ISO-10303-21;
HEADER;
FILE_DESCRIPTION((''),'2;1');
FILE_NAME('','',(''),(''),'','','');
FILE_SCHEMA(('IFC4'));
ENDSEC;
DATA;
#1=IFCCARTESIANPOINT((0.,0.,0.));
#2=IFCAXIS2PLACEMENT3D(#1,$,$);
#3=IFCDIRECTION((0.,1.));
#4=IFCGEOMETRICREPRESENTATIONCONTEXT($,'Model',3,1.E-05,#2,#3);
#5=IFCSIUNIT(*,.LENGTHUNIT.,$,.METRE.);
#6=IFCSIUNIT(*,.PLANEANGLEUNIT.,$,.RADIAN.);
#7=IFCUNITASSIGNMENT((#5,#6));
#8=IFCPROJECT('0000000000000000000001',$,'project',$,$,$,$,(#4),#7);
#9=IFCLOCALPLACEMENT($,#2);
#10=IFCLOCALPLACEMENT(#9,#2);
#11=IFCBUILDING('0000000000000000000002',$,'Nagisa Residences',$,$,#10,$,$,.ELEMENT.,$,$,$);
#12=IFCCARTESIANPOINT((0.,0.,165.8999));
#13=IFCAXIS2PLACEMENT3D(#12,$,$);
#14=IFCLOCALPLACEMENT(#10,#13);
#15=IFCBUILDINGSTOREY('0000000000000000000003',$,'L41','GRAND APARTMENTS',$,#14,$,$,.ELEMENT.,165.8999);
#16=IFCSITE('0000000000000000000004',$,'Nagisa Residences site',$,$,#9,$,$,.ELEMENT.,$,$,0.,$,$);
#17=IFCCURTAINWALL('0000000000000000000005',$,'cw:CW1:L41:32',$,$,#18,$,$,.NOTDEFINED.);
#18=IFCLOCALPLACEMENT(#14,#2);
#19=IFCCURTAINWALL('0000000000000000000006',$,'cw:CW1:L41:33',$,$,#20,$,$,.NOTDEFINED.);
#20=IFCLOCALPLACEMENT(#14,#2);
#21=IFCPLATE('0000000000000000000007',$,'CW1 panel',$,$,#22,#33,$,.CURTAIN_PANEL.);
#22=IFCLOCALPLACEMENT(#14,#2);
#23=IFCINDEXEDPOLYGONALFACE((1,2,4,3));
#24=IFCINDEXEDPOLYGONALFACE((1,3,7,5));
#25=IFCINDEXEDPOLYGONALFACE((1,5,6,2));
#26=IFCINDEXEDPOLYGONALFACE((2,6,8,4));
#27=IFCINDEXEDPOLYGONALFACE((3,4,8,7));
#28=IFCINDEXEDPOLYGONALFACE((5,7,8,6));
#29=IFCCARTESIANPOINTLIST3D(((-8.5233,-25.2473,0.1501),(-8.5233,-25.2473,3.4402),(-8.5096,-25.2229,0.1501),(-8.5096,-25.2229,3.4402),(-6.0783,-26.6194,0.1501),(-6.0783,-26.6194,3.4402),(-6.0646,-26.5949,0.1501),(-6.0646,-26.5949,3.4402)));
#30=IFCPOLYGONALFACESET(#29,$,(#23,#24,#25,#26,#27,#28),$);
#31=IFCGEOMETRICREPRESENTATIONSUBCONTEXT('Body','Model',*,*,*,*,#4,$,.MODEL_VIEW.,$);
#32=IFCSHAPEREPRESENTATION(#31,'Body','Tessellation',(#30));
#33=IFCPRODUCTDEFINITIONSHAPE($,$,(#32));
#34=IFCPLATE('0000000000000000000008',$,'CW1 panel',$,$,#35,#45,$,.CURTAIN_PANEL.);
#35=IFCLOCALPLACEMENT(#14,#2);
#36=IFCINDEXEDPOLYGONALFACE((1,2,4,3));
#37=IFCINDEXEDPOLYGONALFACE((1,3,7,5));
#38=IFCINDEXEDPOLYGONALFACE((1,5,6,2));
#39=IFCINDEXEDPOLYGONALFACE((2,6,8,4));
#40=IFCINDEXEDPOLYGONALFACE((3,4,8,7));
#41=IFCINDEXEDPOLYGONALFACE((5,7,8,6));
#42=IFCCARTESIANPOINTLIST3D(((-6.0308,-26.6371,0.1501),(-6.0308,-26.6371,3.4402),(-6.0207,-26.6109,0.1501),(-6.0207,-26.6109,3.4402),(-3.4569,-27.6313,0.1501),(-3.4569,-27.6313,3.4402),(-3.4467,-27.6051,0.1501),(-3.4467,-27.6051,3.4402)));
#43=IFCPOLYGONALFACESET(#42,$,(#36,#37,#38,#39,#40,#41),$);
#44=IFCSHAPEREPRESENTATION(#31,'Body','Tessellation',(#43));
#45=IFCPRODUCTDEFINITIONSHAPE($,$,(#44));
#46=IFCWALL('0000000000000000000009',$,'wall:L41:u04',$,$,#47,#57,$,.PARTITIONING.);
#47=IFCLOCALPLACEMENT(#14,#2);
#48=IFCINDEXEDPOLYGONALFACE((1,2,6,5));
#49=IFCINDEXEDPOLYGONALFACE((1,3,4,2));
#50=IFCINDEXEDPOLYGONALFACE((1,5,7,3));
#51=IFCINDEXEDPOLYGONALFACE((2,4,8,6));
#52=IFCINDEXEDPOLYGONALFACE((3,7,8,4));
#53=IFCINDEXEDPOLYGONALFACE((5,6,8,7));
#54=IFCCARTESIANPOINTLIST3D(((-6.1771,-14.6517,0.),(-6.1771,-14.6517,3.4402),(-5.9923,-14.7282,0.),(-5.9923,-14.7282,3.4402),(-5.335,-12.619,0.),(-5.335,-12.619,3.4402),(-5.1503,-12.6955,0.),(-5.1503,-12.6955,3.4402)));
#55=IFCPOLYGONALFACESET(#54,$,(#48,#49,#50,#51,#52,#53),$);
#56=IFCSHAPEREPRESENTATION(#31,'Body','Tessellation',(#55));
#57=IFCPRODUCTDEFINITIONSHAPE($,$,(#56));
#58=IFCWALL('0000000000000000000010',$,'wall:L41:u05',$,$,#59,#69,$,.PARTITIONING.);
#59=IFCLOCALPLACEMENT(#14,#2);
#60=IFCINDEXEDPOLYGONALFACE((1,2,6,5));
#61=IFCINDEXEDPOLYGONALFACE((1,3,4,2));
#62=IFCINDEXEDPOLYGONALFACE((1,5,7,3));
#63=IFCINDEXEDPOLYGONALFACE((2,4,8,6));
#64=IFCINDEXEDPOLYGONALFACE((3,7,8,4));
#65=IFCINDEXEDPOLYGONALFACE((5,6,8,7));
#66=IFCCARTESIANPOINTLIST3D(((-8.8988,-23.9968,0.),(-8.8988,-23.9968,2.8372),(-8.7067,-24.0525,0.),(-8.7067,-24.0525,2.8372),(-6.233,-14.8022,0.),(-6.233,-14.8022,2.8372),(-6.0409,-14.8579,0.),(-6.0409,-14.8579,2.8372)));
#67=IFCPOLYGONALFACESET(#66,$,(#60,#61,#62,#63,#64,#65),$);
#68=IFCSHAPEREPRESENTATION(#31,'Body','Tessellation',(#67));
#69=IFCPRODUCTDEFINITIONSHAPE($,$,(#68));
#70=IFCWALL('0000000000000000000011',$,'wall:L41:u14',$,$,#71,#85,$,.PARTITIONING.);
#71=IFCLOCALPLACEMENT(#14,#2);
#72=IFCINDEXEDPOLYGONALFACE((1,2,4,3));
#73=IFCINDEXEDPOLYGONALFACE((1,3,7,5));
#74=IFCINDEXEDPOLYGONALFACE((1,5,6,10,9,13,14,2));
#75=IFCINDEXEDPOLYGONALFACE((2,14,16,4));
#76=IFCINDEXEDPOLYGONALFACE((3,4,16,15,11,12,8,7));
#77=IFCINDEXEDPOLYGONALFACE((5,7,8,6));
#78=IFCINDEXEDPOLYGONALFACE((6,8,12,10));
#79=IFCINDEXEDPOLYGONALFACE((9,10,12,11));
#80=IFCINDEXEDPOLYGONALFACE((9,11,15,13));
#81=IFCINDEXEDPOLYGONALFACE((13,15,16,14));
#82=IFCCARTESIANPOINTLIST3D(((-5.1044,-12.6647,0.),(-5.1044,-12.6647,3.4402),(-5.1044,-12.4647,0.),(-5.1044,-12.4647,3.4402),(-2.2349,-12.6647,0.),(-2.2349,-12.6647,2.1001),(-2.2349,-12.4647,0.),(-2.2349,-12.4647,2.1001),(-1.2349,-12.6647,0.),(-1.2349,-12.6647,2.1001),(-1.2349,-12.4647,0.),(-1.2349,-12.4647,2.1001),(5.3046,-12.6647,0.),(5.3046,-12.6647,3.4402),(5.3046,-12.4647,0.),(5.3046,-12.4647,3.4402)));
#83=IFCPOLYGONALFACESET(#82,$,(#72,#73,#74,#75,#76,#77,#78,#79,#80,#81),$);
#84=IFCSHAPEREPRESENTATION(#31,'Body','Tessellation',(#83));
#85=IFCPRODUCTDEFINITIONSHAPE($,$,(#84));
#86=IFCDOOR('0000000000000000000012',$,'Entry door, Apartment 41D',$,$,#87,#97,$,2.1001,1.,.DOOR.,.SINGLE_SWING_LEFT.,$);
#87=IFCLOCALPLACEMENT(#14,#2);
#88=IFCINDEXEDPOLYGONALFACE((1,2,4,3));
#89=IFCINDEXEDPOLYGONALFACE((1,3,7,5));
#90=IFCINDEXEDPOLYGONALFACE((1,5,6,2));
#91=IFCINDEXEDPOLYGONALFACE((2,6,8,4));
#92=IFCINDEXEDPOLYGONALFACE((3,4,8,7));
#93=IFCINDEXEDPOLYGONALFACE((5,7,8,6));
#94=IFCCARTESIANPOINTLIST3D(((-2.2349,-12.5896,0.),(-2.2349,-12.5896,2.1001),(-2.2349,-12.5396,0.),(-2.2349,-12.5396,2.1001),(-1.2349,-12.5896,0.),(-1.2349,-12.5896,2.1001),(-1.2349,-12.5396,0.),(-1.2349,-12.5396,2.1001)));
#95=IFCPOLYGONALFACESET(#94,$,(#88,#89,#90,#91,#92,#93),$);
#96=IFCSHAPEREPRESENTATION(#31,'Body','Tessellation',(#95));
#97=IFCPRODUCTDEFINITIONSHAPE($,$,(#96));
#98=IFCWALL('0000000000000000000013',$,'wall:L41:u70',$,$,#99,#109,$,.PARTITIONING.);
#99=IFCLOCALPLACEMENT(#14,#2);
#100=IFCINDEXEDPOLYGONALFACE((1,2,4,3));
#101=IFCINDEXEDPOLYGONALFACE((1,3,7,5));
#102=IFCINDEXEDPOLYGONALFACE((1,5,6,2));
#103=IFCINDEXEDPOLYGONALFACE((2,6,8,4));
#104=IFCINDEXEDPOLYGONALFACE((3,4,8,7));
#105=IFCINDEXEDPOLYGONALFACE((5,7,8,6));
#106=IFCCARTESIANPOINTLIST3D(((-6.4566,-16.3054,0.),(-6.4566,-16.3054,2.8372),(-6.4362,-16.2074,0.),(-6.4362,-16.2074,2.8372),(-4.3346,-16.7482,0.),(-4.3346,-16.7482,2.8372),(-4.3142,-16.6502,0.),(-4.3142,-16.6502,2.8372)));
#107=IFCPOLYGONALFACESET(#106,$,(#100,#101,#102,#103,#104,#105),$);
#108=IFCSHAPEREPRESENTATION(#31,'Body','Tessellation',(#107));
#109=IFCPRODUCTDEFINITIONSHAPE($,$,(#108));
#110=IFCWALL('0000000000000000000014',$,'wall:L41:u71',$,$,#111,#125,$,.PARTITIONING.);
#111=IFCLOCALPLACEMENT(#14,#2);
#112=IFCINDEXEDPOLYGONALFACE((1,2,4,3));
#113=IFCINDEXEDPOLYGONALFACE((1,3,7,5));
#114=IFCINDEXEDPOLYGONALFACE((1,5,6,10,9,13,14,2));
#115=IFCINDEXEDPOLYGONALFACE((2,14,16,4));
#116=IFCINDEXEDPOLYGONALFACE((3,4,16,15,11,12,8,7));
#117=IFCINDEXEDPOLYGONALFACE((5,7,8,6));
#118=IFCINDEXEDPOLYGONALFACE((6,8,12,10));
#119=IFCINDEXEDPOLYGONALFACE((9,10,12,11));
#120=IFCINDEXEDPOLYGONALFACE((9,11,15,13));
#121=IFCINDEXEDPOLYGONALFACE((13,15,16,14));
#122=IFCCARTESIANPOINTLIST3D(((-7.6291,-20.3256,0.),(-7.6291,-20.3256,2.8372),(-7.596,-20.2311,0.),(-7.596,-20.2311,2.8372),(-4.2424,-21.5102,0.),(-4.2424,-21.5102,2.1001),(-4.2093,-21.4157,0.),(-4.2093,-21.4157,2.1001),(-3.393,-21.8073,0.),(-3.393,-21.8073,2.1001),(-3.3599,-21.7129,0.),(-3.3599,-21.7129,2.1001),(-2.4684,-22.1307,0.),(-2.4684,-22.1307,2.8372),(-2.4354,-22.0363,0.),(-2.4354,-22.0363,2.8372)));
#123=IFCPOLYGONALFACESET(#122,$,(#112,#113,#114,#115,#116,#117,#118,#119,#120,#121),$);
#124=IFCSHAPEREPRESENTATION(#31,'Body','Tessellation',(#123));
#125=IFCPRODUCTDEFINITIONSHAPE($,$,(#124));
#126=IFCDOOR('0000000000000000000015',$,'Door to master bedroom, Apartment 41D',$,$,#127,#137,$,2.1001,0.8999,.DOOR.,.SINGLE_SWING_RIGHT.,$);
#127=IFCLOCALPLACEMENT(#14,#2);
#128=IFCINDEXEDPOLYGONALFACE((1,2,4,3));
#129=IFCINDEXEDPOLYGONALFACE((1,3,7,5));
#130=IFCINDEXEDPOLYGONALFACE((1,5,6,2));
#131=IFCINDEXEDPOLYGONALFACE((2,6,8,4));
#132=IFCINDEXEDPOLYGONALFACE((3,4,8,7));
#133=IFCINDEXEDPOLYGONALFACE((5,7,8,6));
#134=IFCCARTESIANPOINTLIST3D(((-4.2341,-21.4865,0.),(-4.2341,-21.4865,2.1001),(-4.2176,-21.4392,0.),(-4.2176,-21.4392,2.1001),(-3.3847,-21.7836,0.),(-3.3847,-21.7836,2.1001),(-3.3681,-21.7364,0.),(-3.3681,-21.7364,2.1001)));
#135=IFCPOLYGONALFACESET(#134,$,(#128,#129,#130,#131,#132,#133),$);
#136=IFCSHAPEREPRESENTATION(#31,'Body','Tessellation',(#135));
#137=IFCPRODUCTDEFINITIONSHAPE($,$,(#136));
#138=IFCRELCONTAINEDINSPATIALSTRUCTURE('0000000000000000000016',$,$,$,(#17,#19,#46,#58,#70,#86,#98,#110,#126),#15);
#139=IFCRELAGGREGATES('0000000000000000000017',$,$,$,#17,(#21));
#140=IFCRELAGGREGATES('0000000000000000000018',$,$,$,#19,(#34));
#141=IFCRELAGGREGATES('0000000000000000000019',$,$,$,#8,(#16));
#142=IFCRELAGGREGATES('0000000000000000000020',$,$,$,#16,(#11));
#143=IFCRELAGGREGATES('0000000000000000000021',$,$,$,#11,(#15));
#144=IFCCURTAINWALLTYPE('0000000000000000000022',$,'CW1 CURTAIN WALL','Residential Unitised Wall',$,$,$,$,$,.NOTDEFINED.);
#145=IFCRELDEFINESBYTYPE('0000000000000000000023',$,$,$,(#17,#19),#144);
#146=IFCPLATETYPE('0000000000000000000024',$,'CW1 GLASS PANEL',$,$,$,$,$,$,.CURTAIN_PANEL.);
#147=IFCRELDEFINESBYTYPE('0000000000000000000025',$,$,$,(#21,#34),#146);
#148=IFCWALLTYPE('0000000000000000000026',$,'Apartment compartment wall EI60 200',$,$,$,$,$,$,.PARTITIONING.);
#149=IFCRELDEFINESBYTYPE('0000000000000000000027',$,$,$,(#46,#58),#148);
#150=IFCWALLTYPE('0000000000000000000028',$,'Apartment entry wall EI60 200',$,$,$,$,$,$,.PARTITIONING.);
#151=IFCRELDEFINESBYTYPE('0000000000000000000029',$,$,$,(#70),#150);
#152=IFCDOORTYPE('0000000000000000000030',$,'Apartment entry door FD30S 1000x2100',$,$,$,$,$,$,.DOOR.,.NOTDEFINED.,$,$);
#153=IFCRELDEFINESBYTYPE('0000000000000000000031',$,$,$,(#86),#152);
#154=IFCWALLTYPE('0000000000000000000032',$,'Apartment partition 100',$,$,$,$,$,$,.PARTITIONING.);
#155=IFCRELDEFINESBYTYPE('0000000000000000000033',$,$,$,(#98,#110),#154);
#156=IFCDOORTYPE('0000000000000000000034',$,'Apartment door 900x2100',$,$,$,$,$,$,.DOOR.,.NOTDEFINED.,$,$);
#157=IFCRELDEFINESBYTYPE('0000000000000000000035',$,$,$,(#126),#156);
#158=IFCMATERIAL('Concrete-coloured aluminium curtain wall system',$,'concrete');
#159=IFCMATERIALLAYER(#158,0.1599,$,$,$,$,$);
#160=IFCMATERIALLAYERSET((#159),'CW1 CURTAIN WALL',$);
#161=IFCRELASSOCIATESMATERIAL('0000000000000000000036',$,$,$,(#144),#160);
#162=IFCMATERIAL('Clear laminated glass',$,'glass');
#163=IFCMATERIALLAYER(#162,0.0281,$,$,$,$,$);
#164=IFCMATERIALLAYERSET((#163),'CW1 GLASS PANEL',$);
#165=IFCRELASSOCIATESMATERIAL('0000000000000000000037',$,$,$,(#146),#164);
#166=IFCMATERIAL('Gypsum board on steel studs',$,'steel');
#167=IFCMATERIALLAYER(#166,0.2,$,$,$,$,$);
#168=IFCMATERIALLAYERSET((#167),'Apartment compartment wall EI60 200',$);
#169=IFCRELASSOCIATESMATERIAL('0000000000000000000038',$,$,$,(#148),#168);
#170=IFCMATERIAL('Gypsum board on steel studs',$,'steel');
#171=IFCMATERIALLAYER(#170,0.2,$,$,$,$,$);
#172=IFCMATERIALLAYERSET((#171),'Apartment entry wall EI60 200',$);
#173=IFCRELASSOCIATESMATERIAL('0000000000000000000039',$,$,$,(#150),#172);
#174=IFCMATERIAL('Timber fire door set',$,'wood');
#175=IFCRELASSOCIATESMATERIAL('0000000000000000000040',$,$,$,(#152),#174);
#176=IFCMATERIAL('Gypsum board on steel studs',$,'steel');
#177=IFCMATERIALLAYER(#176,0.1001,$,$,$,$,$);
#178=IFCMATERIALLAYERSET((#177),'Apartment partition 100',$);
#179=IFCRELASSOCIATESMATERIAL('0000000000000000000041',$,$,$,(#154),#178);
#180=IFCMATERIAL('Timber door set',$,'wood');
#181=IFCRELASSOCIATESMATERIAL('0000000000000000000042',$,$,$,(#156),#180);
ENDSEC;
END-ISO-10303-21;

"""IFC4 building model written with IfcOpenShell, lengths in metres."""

from ifc_helpers import new_model, si_unit, direction, frame, frame_2d, origin, origin_2d, place, context, subcontext, project, spatial, rectangle, extrude, material, layer, layer_set, type_object, element, fill, aggregate, save


model = new_model("IFC4")

# Units and contexts
model_context = context("Model", 3, precision=1e-05, world=origin(), true_north=direction((0.0, 1.0)))
body_context = subcontext(model_context, "Body", "Model", "MODEL_VIEW")
ifc_project = project(units=[si_unit("LENGTHUNIT", "METRE"), si_unit("PLANEANGLEUNIT", "RADIAN")], contexts=[model_context])

# Site, building, storey
site_placement = place(None, origin())
site = spatial("IfcSite", under=ifc_project, at=site_placement, Name="Nagisa Residences site", CompositionType="ELEMENT", RefElevation=0.0)
building_placement = place(site_placement, origin())
building = spatial("IfcBuilding", under=site, at=building_placement, Name="Nagisa Residences", CompositionType="ELEMENT")
storey_placement = place(building_placement, frame((0.0, 0.0, 165.8999)))
storey = spatial("IfcBuildingStorey", under=building, at=storey_placement, Name="L41", Description="GRAND APARTMENTS", CompositionType="ELEMENT", Elevation=165.8999)

# Curtain walls
ifc_material_1 = material(Name="Concrete-coloured aluminium curtain wall system", Category="concrete")
ifc_layer_1 = layer(ifc_material_1, 0.1599)
ifc_layer_set_1 = layer_set([ifc_layer_1], Name="CW1 CURTAIN WALL")
curtain_wall_type = type_object("IfcCurtainWallType", Name="CW1 CURTAIN WALL", Description="Residential Unitised Wall", PredefinedType="NOTDEFINED", material=ifc_layer_set_1)
curtain_wall_1_placement = place(storey_placement, origin())
curtain_wall_1 = element("IfcCurtainWall", 1, at=curtain_wall_1_placement, inside=storey, type_object=curtain_wall_type, Name="cw:CW1:L41:32", PredefinedType="NOTDEFINED")
curtain_wall_2_placement = place(storey_placement, origin())
curtain_wall_2 = element("IfcCurtainWall", 2, at=curtain_wall_2_placement, inside=storey, type_object=curtain_wall_type, Name="cw:CW1:L41:33", PredefinedType="NOTDEFINED")

# Plates
ifc_material_2 = material(Name="Clear laminated glass", Category="glass")
ifc_layer_2 = layer(ifc_material_2, 0.0281)
ifc_layer_set_2 = layer_set([ifc_layer_2], Name="CW1 GLASS PANEL")
plate_type = type_object("IfcPlateType", Name="CW1 GLASS PANEL", PredefinedType="CURTAIN_PANEL", material=ifc_layer_set_2)
plate_1_placement = place(storey_placement, frame((-7.2939, -25.9211, 0.1501), z_axis=(0.0, 0.0, 1.0), x_axis=(0.872072, -0.489377, 0.0)))
plate_1 = element("IfcPlate", 3, at=plate_1_placement, type_object=plate_type, Name="CW1 panel", PredefinedType="CURTAIN_PANEL", context=body_context, shape_type="SweptSolid", body=[
    extrude(rectangle(XDim=2.8037, YDim=0.0281, at=origin_2d()), origin(), (0.0, 0.0, 1.0), 3.29),
])
aggregate(curtain_wall_1, [plate_1])
plate_2_placement = place(storey_placement, frame((-4.7388, -27.1211, 0.1501), z_axis=(0.0, 0.0, 1.0), x_axis=(0.932826, -0.360328, 0.0)))
plate_2 = element("IfcPlate", 4, at=plate_2_placement, type_object=plate_type, Name="CW1 panel", PredefinedType="CURTAIN_PANEL", context=body_context, shape_type="SweptSolid", body=[
    extrude(rectangle(XDim=2.7593, YDim=0.0281, at=origin_2d()), origin(), (0.0, 0.0, 1.0), 3.29),
])
aggregate(curtain_wall_2, [plate_2])

# Walls
ifc_material_3 = material(Name="Gypsum board on steel studs", Category="steel")
ifc_layer_3 = layer(ifc_material_3, 0.2)
ifc_layer_set_3 = layer_set([ifc_layer_3], Name="Apartment compartment wall EI60 200")
wall_type_1 = type_object("IfcWallType", Name="Apartment compartment wall EI60 200", PredefinedType="PARTITIONING", material=ifc_layer_set_3)
wall_1_placement = place(storey_placement, frame((-5.2427, -12.6572, 0.0), z_axis=(0.0, 0.0, 1.0), x_axis=(-0.382708, -0.923869, 0.0)))
element("IfcWall", 5, at=wall_1_placement, inside=storey, type_object=wall_type_1, Name="wall:L41:u04", PredefinedType="PARTITIONING", context=body_context, shape_type="SweptSolid", body=[
    extrude(rectangle(XDim=2.2002, YDim=0.2, at=frame_2d((1.1001, 0.0))), origin(), (0.0, 0.0, 1.0), 3.4402),
])
wall_2_placement = place(storey_placement, frame((-6.137, -14.8301, 0.0), z_axis=(0.0, 0.0, 1.0), x_axis=(-0.278461, -0.960447, 0.0)))
element("IfcWall", 6, at=wall_2_placement, inside=storey, type_object=wall_type_1, Name="wall:L41:u05", PredefinedType="PARTITIONING", context=body_context, shape_type="SweptSolid", body=[
    extrude(rectangle(XDim=9.5732, YDim=0.2, at=frame_2d((4.7866, 0.0))), origin(), (0.0, 0.0, 1.0), 2.8372),
])

# Wall, opening, door
ifc_material_4 = material(Name="Gypsum board on steel studs", Category="steel")
ifc_layer_4 = layer(ifc_material_4, 0.2)
ifc_layer_set_4 = layer_set([ifc_layer_4], Name="Apartment entry wall EI60 200")
wall_type_2 = type_object("IfcWallType", Name="Apartment entry wall EI60 200", PredefinedType="PARTITIONING", material=ifc_layer_set_4)
wall_3_placement = place(storey_placement, frame((-5.1045, -12.5647, 0.0), z_axis=(0.0, 0.0, 1.0), x_axis=(1.0, 0.0, 0.0)))
wall_3 = element("IfcWall", 7, at=wall_3_placement, inside=storey, type_object=wall_type_2, Name="wall:L41:u14", PredefinedType="PARTITIONING", context=body_context, shape_type="SweptSolid", body=[
    extrude(rectangle(XDim=10.4089, YDim=0.2, at=frame_2d((5.2046, 0.0))), origin(), (0.0, 0.0, 1.0), 3.4402),
])
opening_1_placement = place(wall_3_placement, frame((2.8696, 0.0, 0.0)))
opening_1 = element("IfcOpeningElement", 8, at=opening_1_placement, cuts=wall_3, PredefinedType="OPENING", context=body_context, shape_type="SweptSolid", body=[
    extrude(rectangle(XDim=1.0, YDim=2.1001, at=frame_2d((0.5, 1.05))), frame((0.0, 0.1099, 0.0), z_axis=(0.0, -1.0, 0.0), x_axis=(1.0, 0.0, 0.0)), (0.0, 0.0, 1.0), 0.22),
])
ifc_material_5 = material(Name="Timber fire door set", Category="wood")
door_type_1 = type_object("IfcDoorType", Name="Apartment entry door FD30S 1000x2100", OperationType="NOTDEFINED", PredefinedType="DOOR", material=ifc_material_5)
door_1_placement = place(opening_1_placement, frame((1.0, 0.0, 0.0), x_axis=(-1.0, 0.0, 0.0)))
door_1 = element("IfcDoor", 9, at=door_1_placement, inside=storey, type_object=door_type_1, Name="Entry door, Apartment 41D", OperationType="SINGLE_SWING_LEFT", OverallHeight=2.1001, OverallWidth=1.0, PredefinedType="DOOR", context=body_context, shape_type="SweptSolid", body=[
    extrude(rectangle(XDim=1.0, YDim=2.1001, at=frame_2d((0.5, 1.05))), frame((0.0, 0.0249, 0.0), z_axis=(0.0, -1.0, 0.0), x_axis=(1.0, 0.0, 0.0)), (0.0, 0.0, 1.0), 0.05),
])
fill(opening_1, door_1)

# Wall
ifc_material_6 = material(Name="Gypsum board on steel studs", Category="steel")
ifc_layer_5 = layer(ifc_material_6, 0.1001)
ifc_layer_set_5 = layer_set([ifc_layer_5], Name="Apartment partition 100")
wall_type_3 = type_object("IfcWallType", Name="Apartment partition 100", PredefinedType="PARTITIONING", material=ifc_layer_set_5)
wall_4_placement = place(storey_placement, frame((-6.4465, -16.2563, 0.0), z_axis=(0.0, 0.0, 1.0), x_axis=(0.978909, -0.204296, 0.0)))
element("IfcWall", 10, at=wall_4_placement, inside=storey, type_object=wall_type_3, Name="wall:L41:u70", PredefinedType="PARTITIONING", context=body_context, shape_type="SweptSolid", body=[
    extrude(rectangle(XDim=2.1677, YDim=0.1001, at=frame_2d((1.084, 0.0))), origin(), (0.0, 0.0, 1.0), 2.8372),
])

# Wall, opening, door
wall_5_placement = place(storey_placement, frame((-7.6125, -20.2783, 0.0), z_axis=(0.0, 0.0, 1.0), x_axis=(0.943918, -0.330179, 0.0)))
wall_5 = element("IfcWall", 11, at=wall_5_placement, inside=storey, type_object=wall_type_3, Name="wall:L41:u71", PredefinedType="PARTITIONING", context=body_context, shape_type="SweptSolid", body=[
    extrude(rectangle(XDim=5.4673, YDim=0.1001, at=frame_2d((2.7336, 0.0))), origin(), (0.0, 0.0, 1.0), 2.8372),
])
opening_2_placement = place(wall_5_placement, frame((3.5879, 0.0, 0.0)))
opening_2 = element("IfcOpeningElement", 12, at=opening_2_placement, cuts=wall_5, PredefinedType="OPENING", context=body_context, shape_type="SweptSolid", body=[
    extrude(rectangle(XDim=0.8999, YDim=2.1001, at=frame_2d((0.45, 1.05))), frame((0.0, 0.0601, 0.0), z_axis=(0.0, -1.0, 0.0), x_axis=(1.0, 0.0, 0.0)), (0.0, 0.0, 1.0), 0.1201),
])
ifc_material_7 = material(Name="Timber door set", Category="wood")
door_type_2 = type_object("IfcDoorType", Name="Apartment door 900x2100", OperationType="NOTDEFINED", PredefinedType="DOOR", material=ifc_material_7)
door_2_placement = place(opening_2_placement, frame((0.8999, 0.0, 0.0), x_axis=(-1.0, 0.0, 0.0)))
door_2 = element("IfcDoor", 13, at=door_2_placement, inside=storey, type_object=door_type_2, Name="Door to master bedroom, Apartment 41D", OperationType="SINGLE_SWING_RIGHT", OverallHeight=2.1001, OverallWidth=0.8999, PredefinedType="DOOR", context=body_context, shape_type="SweptSolid", body=[
    extrude(rectangle(XDim=0.8999, YDim=2.1001, at=frame_2d((0.45, 1.05))), frame((0.0, 0.0249, 0.0), z_axis=(0.0, -1.0, 0.0), x_axis=(1.0, 0.0, 0.0)), (0.0, 0.0, 1.0), 0.05),
])
fill(opening_2, door_2)

save(model, "model.ifc")
